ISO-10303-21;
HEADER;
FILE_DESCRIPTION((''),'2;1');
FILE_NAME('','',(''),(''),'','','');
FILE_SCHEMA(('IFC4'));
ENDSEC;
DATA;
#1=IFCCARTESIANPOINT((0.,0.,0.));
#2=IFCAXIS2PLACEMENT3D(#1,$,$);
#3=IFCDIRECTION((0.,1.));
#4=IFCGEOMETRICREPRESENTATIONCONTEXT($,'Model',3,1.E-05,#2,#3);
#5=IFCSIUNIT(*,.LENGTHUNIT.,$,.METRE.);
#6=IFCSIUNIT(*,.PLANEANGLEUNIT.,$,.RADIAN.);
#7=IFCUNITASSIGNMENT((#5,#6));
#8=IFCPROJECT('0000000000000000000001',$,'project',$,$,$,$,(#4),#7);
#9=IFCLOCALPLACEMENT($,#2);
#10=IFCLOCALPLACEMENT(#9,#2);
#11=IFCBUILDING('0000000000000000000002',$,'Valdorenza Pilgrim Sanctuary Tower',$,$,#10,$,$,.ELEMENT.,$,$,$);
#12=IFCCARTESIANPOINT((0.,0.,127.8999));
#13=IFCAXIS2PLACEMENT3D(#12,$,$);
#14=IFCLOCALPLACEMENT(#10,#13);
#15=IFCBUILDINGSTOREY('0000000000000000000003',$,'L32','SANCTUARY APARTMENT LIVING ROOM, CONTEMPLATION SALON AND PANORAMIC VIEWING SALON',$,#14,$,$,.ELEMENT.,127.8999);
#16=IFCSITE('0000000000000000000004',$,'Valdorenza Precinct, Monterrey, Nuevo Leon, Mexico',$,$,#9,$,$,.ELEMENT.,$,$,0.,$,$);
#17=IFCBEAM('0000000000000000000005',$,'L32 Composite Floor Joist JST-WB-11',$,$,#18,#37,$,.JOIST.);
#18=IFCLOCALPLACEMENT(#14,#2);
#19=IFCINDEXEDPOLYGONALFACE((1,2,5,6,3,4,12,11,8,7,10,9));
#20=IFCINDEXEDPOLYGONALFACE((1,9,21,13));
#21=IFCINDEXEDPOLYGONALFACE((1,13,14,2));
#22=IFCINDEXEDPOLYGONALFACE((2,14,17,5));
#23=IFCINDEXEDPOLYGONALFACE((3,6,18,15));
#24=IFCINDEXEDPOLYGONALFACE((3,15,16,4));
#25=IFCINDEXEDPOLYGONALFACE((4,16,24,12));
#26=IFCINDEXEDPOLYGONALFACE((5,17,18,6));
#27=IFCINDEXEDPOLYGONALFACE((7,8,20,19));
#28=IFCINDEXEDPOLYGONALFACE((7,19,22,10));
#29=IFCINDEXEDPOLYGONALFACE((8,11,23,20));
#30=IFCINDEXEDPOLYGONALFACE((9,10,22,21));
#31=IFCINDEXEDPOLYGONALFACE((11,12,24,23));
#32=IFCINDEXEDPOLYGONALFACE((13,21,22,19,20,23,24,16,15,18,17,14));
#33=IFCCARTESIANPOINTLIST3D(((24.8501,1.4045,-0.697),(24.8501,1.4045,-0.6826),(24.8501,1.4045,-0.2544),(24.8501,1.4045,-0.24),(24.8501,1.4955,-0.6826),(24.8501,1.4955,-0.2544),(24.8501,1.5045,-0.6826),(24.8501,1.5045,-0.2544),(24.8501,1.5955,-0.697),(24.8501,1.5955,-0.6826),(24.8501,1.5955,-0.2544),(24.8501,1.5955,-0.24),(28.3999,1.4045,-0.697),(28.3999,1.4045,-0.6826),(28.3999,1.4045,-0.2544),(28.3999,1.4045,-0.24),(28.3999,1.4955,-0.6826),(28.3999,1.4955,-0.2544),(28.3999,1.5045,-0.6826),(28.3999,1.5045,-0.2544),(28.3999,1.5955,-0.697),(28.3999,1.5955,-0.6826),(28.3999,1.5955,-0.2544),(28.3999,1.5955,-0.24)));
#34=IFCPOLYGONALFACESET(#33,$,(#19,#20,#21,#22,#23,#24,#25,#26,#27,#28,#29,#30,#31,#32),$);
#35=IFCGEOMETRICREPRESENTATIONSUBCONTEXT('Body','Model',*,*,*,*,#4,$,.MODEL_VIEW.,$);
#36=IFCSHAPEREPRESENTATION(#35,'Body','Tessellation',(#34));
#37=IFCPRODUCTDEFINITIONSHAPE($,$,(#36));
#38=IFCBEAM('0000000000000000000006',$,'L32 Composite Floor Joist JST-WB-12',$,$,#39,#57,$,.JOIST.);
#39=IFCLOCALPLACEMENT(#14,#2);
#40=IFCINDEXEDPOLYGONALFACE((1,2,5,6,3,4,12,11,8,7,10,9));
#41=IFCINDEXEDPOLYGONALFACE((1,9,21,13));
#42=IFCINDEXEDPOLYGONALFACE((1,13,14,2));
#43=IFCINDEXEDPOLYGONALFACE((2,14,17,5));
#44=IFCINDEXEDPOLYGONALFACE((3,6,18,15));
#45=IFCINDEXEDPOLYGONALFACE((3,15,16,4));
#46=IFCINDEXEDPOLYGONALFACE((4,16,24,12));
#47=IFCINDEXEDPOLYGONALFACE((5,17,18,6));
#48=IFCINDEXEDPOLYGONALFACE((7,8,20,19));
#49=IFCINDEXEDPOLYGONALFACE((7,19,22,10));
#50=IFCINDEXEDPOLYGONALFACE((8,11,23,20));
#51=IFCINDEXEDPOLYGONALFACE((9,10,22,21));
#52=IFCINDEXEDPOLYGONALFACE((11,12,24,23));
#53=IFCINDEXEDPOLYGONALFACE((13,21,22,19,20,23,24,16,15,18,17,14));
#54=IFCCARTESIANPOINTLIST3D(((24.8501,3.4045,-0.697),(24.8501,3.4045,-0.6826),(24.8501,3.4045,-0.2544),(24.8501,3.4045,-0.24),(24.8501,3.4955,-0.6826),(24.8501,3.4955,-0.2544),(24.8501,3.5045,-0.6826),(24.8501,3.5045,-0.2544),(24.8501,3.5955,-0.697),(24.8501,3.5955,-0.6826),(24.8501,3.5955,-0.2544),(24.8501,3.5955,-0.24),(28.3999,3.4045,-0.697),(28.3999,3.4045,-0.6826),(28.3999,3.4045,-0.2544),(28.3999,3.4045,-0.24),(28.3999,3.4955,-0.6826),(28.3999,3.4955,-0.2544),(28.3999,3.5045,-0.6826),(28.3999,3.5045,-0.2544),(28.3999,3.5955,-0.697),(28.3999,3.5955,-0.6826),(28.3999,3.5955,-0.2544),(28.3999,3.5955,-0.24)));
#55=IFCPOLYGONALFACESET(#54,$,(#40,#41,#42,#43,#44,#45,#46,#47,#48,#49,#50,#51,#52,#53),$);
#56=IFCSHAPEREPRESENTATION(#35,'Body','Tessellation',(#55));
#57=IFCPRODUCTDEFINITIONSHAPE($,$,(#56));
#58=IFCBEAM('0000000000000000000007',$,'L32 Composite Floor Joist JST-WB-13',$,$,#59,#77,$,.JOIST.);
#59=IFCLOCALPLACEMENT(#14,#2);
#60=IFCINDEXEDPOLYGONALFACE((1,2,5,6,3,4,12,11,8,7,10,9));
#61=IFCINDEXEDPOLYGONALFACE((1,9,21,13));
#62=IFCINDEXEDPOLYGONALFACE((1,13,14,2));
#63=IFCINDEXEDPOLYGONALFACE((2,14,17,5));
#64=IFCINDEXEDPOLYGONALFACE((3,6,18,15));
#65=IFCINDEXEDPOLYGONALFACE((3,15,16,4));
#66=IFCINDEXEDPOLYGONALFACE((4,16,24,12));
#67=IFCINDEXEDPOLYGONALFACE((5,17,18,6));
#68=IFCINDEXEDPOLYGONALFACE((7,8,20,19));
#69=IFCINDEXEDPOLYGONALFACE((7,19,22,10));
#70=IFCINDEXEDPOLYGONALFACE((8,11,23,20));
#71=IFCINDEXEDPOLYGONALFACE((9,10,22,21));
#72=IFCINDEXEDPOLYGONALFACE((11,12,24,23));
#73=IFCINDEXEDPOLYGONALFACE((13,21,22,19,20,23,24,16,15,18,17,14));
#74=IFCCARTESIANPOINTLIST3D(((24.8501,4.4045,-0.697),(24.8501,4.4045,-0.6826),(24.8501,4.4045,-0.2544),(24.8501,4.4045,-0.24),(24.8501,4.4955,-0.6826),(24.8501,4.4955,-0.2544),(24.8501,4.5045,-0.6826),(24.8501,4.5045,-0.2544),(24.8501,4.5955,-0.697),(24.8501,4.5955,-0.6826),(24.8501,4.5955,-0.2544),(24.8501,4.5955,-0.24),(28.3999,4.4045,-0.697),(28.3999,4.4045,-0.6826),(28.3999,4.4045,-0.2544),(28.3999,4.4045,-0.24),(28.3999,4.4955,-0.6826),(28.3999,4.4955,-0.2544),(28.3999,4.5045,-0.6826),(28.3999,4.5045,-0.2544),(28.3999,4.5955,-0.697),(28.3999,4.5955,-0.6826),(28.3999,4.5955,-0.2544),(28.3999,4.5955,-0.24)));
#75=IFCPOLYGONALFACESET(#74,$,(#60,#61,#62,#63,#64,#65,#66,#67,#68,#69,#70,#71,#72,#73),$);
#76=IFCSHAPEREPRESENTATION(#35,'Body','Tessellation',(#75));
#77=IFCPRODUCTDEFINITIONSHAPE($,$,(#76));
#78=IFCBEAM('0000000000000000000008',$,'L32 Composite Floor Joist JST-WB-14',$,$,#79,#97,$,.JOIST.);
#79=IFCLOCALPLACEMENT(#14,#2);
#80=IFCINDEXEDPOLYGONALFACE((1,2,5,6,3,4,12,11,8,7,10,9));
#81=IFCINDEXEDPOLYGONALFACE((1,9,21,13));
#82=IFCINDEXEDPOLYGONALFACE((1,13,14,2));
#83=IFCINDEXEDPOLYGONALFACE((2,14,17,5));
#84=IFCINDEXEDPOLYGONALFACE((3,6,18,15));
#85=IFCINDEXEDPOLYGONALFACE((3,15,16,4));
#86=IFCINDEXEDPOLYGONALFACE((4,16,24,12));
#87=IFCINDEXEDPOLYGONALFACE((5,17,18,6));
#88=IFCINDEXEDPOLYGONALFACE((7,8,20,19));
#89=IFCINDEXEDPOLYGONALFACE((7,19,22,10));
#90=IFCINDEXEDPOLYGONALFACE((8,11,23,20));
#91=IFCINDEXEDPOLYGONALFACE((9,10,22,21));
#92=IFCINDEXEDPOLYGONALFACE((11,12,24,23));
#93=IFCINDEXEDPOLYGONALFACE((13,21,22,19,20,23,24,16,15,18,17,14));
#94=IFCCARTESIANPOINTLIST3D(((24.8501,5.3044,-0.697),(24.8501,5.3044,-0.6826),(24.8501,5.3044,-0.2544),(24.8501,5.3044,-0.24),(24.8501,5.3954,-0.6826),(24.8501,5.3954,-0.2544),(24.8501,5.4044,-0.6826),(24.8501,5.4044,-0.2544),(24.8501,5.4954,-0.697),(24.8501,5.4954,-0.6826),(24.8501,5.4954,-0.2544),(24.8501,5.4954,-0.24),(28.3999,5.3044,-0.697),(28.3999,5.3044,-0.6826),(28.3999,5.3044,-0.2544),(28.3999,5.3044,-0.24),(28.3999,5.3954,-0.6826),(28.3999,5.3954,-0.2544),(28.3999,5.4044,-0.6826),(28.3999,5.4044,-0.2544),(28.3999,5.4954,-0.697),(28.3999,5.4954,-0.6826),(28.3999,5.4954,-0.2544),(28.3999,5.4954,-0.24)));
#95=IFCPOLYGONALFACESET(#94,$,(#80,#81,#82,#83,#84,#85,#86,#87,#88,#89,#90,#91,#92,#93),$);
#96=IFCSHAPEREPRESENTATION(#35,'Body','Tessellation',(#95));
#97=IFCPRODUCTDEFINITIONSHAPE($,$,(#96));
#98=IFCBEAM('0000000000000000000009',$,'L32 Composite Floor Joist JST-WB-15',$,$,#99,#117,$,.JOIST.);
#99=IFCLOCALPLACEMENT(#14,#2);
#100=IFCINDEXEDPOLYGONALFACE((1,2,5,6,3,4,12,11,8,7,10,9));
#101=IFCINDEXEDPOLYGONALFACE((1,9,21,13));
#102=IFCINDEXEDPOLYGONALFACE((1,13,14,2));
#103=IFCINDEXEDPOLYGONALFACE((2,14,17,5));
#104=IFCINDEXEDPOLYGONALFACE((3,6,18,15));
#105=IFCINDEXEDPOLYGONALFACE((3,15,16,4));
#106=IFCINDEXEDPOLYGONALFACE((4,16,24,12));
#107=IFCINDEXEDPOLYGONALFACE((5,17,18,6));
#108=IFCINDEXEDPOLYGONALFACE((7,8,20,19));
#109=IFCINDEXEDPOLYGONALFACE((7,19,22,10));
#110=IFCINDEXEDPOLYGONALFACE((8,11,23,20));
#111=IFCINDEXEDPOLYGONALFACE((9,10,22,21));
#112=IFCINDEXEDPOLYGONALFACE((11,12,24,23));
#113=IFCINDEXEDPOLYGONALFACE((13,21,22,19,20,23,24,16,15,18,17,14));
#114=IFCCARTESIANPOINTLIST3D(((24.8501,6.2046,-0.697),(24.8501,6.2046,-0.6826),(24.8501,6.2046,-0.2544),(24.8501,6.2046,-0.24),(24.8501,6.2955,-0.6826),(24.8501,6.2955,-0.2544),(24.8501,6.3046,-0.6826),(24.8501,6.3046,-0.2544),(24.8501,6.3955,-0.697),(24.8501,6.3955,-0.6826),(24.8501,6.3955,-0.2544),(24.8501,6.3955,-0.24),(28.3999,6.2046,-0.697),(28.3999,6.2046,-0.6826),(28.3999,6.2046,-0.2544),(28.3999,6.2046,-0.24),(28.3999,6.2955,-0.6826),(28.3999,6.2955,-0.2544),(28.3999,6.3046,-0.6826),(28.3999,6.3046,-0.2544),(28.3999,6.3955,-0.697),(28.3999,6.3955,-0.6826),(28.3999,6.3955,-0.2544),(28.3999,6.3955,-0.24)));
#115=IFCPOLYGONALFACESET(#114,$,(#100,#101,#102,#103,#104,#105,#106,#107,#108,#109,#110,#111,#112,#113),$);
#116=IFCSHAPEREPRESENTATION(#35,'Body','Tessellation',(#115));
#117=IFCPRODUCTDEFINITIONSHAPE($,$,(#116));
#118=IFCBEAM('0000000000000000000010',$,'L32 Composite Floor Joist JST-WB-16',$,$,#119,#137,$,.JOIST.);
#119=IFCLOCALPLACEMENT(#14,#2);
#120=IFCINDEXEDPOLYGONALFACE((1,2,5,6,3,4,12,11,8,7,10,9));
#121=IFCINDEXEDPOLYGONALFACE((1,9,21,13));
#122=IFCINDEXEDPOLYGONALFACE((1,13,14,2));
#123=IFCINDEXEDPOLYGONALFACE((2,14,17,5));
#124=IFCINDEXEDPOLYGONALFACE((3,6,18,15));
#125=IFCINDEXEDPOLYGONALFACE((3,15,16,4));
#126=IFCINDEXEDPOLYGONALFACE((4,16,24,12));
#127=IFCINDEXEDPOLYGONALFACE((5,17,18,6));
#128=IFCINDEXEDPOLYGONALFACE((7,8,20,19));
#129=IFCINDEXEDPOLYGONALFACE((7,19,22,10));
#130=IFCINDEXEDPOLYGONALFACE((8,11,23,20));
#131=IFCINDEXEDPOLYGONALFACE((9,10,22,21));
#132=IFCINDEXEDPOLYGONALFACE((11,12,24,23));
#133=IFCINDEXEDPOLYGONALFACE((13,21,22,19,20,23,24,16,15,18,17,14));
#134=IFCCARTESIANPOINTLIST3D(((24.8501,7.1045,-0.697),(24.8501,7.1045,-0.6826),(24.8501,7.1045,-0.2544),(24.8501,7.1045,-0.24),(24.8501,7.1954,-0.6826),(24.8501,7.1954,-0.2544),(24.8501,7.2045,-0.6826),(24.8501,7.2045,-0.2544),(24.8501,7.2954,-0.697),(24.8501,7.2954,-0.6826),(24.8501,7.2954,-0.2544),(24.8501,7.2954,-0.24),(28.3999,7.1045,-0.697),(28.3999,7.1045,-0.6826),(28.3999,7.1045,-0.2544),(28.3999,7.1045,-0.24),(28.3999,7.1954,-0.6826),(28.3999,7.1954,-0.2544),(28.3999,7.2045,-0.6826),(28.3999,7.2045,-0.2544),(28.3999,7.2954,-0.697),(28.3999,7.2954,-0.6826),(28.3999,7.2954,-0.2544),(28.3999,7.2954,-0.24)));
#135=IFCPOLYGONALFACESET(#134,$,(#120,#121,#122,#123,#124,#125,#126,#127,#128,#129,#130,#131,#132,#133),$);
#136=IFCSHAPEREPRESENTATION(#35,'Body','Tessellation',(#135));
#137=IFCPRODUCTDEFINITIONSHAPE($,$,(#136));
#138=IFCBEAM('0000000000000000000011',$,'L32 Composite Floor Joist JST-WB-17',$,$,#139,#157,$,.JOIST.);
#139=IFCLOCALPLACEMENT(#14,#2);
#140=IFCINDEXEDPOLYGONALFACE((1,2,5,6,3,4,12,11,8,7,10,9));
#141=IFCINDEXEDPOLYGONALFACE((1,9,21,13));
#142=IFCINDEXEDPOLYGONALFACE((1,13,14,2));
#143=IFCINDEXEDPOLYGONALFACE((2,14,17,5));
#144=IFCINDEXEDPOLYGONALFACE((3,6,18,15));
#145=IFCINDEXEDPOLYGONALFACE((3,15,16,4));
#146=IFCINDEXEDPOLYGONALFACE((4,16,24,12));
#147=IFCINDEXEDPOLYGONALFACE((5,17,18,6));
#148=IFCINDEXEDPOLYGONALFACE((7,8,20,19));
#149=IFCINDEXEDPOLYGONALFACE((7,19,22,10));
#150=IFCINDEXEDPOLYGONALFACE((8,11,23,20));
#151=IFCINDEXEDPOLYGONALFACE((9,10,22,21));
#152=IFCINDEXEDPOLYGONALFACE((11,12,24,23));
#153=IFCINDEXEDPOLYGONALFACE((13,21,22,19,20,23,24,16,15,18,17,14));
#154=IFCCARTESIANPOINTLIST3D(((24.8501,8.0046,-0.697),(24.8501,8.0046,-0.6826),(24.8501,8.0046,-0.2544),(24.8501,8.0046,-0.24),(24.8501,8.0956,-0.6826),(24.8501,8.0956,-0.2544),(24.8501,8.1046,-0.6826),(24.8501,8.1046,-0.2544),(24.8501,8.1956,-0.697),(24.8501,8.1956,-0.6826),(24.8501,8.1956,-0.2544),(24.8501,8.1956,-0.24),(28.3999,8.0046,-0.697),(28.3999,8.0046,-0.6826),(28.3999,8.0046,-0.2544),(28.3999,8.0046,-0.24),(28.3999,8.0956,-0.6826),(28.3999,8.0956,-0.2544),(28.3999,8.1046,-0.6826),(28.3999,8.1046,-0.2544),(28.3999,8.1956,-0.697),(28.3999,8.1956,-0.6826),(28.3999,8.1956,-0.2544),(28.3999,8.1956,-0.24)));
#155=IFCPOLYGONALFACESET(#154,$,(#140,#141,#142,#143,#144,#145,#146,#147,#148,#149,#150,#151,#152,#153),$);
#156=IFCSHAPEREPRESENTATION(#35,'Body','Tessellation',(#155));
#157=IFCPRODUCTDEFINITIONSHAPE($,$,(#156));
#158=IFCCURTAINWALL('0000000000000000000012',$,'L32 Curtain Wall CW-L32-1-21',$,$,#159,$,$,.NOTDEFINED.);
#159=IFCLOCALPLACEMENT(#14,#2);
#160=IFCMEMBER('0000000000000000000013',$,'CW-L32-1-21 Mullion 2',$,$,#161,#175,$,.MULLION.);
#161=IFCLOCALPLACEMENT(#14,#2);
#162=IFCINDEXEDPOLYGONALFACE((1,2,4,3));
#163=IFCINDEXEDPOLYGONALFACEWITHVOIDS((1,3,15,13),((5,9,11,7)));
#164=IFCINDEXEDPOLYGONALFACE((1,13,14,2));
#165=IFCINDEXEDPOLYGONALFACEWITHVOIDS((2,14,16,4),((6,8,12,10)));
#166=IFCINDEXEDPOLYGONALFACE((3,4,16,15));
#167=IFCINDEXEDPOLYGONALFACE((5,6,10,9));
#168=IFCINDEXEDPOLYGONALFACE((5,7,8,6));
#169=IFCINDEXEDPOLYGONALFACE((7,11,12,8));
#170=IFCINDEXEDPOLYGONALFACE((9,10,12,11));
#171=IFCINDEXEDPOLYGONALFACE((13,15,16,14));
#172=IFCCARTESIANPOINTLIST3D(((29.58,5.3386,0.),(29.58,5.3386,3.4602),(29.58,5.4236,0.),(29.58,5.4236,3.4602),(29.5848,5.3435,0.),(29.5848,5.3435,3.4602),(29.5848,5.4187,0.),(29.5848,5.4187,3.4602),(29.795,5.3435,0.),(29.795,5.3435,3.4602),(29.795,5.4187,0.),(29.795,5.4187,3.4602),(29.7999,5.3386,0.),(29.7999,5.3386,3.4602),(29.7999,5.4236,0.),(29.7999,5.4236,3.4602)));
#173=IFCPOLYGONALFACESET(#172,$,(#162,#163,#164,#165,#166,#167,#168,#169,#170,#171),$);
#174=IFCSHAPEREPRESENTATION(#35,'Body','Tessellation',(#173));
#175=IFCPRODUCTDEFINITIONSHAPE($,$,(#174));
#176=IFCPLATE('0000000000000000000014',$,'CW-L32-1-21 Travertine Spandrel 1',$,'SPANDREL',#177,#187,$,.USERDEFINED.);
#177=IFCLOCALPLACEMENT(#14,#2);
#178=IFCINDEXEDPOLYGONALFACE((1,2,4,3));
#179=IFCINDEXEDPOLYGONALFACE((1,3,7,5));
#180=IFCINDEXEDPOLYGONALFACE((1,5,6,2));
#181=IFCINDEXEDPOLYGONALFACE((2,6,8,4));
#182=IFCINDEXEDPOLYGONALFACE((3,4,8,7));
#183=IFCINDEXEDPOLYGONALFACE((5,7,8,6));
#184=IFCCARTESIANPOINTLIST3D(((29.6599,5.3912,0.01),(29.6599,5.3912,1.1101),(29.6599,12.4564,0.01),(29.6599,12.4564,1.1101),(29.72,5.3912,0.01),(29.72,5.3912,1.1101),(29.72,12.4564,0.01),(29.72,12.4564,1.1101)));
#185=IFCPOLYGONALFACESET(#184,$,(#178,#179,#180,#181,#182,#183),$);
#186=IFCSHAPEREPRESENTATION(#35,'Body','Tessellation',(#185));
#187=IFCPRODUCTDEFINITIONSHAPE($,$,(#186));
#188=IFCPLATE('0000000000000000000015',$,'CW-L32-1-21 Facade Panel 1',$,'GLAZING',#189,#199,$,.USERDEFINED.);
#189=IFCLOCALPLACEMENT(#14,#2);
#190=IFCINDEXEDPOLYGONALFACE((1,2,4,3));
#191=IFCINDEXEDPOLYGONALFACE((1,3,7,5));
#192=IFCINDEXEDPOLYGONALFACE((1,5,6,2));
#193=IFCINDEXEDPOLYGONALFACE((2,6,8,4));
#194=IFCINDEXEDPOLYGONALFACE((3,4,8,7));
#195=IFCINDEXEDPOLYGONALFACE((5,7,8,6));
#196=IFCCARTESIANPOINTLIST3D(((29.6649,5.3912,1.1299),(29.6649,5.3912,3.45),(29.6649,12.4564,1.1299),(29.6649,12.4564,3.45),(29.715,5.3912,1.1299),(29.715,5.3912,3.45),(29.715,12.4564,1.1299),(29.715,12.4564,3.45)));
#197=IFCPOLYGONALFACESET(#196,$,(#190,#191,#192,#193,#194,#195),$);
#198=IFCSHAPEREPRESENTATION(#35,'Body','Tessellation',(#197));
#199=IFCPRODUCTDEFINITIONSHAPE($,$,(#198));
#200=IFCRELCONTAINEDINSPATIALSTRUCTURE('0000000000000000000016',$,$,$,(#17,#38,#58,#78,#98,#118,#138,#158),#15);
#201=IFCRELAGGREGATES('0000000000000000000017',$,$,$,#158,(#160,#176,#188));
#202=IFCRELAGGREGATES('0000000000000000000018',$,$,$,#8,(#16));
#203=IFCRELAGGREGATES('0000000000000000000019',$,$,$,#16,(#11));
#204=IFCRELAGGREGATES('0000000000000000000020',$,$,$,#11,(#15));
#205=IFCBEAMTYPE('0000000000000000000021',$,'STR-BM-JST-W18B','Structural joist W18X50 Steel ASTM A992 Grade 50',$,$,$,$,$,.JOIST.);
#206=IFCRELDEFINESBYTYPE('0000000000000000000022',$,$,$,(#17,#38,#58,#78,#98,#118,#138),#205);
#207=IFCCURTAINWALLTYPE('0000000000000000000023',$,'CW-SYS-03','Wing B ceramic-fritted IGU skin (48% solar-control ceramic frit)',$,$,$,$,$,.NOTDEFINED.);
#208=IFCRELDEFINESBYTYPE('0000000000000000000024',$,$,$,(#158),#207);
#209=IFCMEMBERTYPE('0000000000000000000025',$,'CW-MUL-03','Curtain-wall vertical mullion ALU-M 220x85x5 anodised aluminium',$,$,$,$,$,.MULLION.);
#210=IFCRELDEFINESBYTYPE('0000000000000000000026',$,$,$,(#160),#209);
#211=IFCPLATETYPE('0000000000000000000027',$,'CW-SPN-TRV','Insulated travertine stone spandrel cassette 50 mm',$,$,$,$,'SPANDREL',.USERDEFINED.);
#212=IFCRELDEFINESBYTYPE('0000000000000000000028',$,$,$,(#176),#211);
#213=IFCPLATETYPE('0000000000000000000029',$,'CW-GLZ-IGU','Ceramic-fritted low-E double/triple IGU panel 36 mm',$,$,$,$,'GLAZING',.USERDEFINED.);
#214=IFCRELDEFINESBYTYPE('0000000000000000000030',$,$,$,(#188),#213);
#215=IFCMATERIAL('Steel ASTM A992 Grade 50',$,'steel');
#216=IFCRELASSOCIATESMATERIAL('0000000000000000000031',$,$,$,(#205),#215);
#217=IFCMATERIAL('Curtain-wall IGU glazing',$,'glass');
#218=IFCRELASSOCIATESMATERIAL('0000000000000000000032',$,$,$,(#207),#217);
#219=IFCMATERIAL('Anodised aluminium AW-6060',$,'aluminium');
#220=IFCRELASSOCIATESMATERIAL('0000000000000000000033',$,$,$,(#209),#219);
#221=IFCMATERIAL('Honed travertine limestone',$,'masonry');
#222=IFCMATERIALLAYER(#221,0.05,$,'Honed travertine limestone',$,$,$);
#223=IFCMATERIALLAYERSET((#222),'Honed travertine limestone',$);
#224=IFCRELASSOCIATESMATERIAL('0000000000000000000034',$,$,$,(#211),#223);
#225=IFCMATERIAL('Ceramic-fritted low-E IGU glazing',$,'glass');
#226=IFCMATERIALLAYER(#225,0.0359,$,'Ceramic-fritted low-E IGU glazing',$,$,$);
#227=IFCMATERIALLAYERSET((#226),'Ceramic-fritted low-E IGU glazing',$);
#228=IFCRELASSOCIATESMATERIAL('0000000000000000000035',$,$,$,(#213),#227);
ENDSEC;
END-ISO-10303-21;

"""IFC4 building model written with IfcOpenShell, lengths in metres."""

from ifc_helpers import new_model, si_unit, direction, frame, origin, origin_2d, place, context, subcontext, project, spatial, rectangle, hollow_rectangle, i_section, extrude, source, transform, mapped, material, layer, layer_set, material_profile, profile_set, type_object, element, aggregate, save


model = new_model("IFC4")

# Units and contexts
model_context = context("Model", 3, precision=1e-05, world=origin(), true_north=direction((0.0, 1.0)))
body_context = subcontext(model_context, "Body", "Model", "MODEL_VIEW")
ifc_project = project(units=[si_unit("LENGTHUNIT", "METRE"), si_unit("PLANEANGLEUNIT", "RADIAN")], contexts=[model_context])

# Site, building, storey
site_placement = place(None, origin())
site = spatial("IfcSite", under=ifc_project, at=site_placement, Name="Valdorenza Precinct, Monterrey, Nuevo Leon, Mexico", CompositionType="ELEMENT", RefElevation=0.0)
building_placement = place(site_placement, origin())
building = spatial("IfcBuilding", under=site, at=building_placement, Name="Valdorenza Pilgrim Sanctuary Tower", CompositionType="ELEMENT")
storey_placement = place(building_placement, frame((0.0, 0.0, 127.8999)))
storey = spatial("IfcBuildingStorey", under=building, at=storey_placement, Name="L32", Description="SANCTUARY APARTMENT LIVING ROOM, CONTEMPLATION SALON AND PANORAMIC VIEWING SALON", CompositionType="ELEMENT", Elevation=127.8999)

# Beams
ifc_material_1 = material(Name="Steel ASTM A992 Grade 50", Category="steel")
ifc_material_profile_1 = material_profile(ifc_material_1, i_section(OverallWidth=0.1909, OverallDepth=0.457, WebThickness=0.009, FlangeThickness=0.0144, at=origin_2d()), Name="W18X50")
ifc_profile_set_1 = profile_set([ifc_material_profile_1], Name="Steel ASTM A992 Grade 50")
beam_type = type_object("IfcBeamType", Name="STR-BM-JST-W18B", Description="Structural joist W18X50 Steel ASTM A992 Grade 50", PredefinedType="JOIST", material=ifc_profile_set_1)
shared_shape_1 = source(origin(), body_context, "Body", "SweptSolid", [
    extrude(i_section(OverallWidth=0.1909, OverallDepth=0.457, WebThickness=0.009, FlangeThickness=0.0144, at=origin_2d()), origin(), (0.0, 0.0, 1.0), 3.5498),
])
for number, where, z_axis, x_axis, name in (
    (1, (24.8501, 1.5, -0.4685), (1.0, 0.0, 0.0), (0.0, 1.0, 0.0), "L32 Composite Floor Joist JST-WB-11"),
    (2, (24.8501, 3.5, -0.4685), (1.0, 0.0, 0.0), (0.0, 1.0, 0.0), "L32 Composite Floor Joist JST-WB-12"),
    (3, (24.8501, 4.5, -0.4685), (1.0, 0.0, 0.0), (0.0, 1.0, 0.0), "L32 Composite Floor Joist JST-WB-13"),
    (4, (24.8501, 5.3999, -0.4685), (1.0, 0.0, 0.0), (0.0, 1.0, 0.0), "L32 Composite Floor Joist JST-WB-14"),
    (5, (24.8501, 6.3, -0.4685), (1.0, 0.0, 0.0), (0.0, 1.0, 0.0), "L32 Composite Floor Joist JST-WB-15"),
    (6, (24.8501, 7.2, -0.4685), (1.0, 0.0, 0.0), (0.0, 1.0, 0.0), "L32 Composite Floor Joist JST-WB-16"),
    (7, (24.8501, 8.1001, -0.4685), (1.0, 0.0, 0.0), (0.0, 1.0, 0.0), "L32 Composite Floor Joist JST-WB-17"),
):
    element("IfcBeam", number, at=place(storey_placement, frame(where, z_axis=z_axis, x_axis=x_axis)), inside=storey, type_object=beam_type, Name=name, PredefinedType="JOIST", context=body_context, shape_type="MappedRepresentation", body=[
        mapped(shared_shape_1, transform((0.0, 0.0, 0.0), x_axis=(1.0, 0.0, 0.0), y_axis=(0.0, 1.0, 0.0), z_axis=(0.0, 0.0, 1.0), scale=1.0)),
    ])

# Curtain wall, member, plates
ifc_material_2 = material(Name="Curtain-wall IGU glazing", Category="glass")
curtain_wall_type = type_object("IfcCurtainWallType", Name="CW-SYS-03", Description="Wing B ceramic-fritted IGU skin (48% solar-control ceramic frit)", PredefinedType="NOTDEFINED", material=ifc_material_2)
curtain_wall_placement = place(storey_placement, origin())
curtain_wall = element("IfcCurtainWall", 8, at=curtain_wall_placement, inside=storey, type_object=curtain_wall_type, Name="L32 Curtain Wall CW-L32-1-21", PredefinedType="NOTDEFINED")
ifc_material_3 = material(Name="Anodised aluminium AW-6060", Category="aluminium")
ifc_material_profile_2 = material_profile(ifc_material_3, hollow_rectangle(XDim=0.085, YDim=0.22, WallThickness=0.0049, at=origin_2d()), Name="ALU-M 220x85x5")
ifc_profile_set_2 = profile_set([ifc_material_profile_2], Name="Anodised aluminium AW-6060")
member_type = type_object("IfcMemberType", Name="CW-MUL-03", Description="Curtain-wall vertical mullion ALU-M 220x85x5 anodised aluminium", PredefinedType="MULLION", material=ifc_profile_set_2)
shared_shape_2 = source(origin(), body_context, "Body", "SweptSolid", [
    extrude(hollow_rectangle(XDim=0.085, YDim=0.22, WallThickness=0.0049, at=origin_2d()), origin(), (0.0, 0.0, 1.0), 3.4602),
])
member_placement = place(storey_placement, frame((29.6899, 5.3811, 0.0), z_axis=(0.0, 0.0, 1.0), x_axis=(0.0, -1.0, 0.0)))
member = element("IfcMember", 9, at=member_placement, type_object=member_type, Name="CW-L32-1-21 Mullion 2", PredefinedType="MULLION", context=body_context, shape_type="MappedRepresentation", body=[
    mapped(shared_shape_2, transform((0.0, 0.0, 0.0), x_axis=(1.0, 0.0, 0.0), y_axis=(0.0, 1.0, 0.0), z_axis=(0.0, 0.0, 1.0), scale=1.0)),
])
ifc_material_4 = material(Name="Honed travertine limestone", Category="masonry")
ifc_layer_1 = layer(ifc_material_4, 0.05, Name="Honed travertine limestone")
ifc_layer_set_1 = layer_set([ifc_layer_1], Name="Honed travertine limestone")
plate_type_1 = type_object("IfcPlateType", Name="CW-SPN-TRV", Description="Insulated travertine stone spandrel cassette 50 mm", ElementType="SPANDREL", PredefinedType="USERDEFINED", material=ifc_layer_set_1)
shared_shape_3 = source(origin(), body_context, "Body", "SweptSolid", [
    extrude(rectangle(XDim=7.0652, YDim=0.0601, at=origin_2d()), origin(), (0.0, 0.0, 1.0), 1.1001),
])
plate_1_placement = place(storey_placement, frame((29.6899, 8.9238, 0.01), z_axis=(0.0, 0.0, 1.0), x_axis=(0.0, -1.0, 0.0)))
plate_1 = element("IfcPlate", 10, at=plate_1_placement, type_object=plate_type_1, Name="CW-L32-1-21 Travertine Spandrel 1", ObjectType="SPANDREL", PredefinedType="USERDEFINED", context=body_context, shape_type="MappedRepresentation", body=[
    mapped(shared_shape_3, transform((0.0, 0.0, 0.0), x_axis=(1.0, 0.0, 0.0), y_axis=(0.0, 1.0, 0.0), z_axis=(0.0, 0.0, 1.0), scale=1.0)),
])
ifc_material_5 = material(Name="Ceramic-fritted low-E IGU glazing", Category="glass")
ifc_layer_2 = layer(ifc_material_5, 0.0359, Name="Ceramic-fritted low-E IGU glazing")
ifc_layer_set_2 = layer_set([ifc_layer_2], Name="Ceramic-fritted low-E IGU glazing")
plate_type_2 = type_object("IfcPlateType", Name="CW-GLZ-IGU", Description="Ceramic-fritted low-E double/triple IGU panel 36 mm", ElementType="GLAZING", PredefinedType="USERDEFINED", material=ifc_layer_set_2)
shared_shape_4 = source(origin(), body_context, "Body", "SweptSolid", [
    extrude(rectangle(XDim=7.0652, YDim=0.05, at=origin_2d()), origin(), (0.0, 0.0, 1.0), 2.3201),
])
plate_2_placement = place(storey_placement, frame((29.6899, 8.9238, 1.1299), z_axis=(0.0, 0.0, 1.0), x_axis=(0.0, -1.0, 0.0)))
plate_2 = element("IfcPlate", 11, at=plate_2_placement, type_object=plate_type_2, Name="CW-L32-1-21 Facade Panel 1", ObjectType="GLAZING", PredefinedType="USERDEFINED", context=body_context, shape_type="MappedRepresentation", body=[
    mapped(shared_shape_4, transform((0.0, 0.0, 0.0), x_axis=(1.0, 0.0, 0.0), y_axis=(0.0, 1.0, 0.0), z_axis=(0.0, 0.0, 1.0), scale=1.0)),
])
aggregate(curtain_wall, [member, plate_1, plate_2])

save(model, "model.ifc")
